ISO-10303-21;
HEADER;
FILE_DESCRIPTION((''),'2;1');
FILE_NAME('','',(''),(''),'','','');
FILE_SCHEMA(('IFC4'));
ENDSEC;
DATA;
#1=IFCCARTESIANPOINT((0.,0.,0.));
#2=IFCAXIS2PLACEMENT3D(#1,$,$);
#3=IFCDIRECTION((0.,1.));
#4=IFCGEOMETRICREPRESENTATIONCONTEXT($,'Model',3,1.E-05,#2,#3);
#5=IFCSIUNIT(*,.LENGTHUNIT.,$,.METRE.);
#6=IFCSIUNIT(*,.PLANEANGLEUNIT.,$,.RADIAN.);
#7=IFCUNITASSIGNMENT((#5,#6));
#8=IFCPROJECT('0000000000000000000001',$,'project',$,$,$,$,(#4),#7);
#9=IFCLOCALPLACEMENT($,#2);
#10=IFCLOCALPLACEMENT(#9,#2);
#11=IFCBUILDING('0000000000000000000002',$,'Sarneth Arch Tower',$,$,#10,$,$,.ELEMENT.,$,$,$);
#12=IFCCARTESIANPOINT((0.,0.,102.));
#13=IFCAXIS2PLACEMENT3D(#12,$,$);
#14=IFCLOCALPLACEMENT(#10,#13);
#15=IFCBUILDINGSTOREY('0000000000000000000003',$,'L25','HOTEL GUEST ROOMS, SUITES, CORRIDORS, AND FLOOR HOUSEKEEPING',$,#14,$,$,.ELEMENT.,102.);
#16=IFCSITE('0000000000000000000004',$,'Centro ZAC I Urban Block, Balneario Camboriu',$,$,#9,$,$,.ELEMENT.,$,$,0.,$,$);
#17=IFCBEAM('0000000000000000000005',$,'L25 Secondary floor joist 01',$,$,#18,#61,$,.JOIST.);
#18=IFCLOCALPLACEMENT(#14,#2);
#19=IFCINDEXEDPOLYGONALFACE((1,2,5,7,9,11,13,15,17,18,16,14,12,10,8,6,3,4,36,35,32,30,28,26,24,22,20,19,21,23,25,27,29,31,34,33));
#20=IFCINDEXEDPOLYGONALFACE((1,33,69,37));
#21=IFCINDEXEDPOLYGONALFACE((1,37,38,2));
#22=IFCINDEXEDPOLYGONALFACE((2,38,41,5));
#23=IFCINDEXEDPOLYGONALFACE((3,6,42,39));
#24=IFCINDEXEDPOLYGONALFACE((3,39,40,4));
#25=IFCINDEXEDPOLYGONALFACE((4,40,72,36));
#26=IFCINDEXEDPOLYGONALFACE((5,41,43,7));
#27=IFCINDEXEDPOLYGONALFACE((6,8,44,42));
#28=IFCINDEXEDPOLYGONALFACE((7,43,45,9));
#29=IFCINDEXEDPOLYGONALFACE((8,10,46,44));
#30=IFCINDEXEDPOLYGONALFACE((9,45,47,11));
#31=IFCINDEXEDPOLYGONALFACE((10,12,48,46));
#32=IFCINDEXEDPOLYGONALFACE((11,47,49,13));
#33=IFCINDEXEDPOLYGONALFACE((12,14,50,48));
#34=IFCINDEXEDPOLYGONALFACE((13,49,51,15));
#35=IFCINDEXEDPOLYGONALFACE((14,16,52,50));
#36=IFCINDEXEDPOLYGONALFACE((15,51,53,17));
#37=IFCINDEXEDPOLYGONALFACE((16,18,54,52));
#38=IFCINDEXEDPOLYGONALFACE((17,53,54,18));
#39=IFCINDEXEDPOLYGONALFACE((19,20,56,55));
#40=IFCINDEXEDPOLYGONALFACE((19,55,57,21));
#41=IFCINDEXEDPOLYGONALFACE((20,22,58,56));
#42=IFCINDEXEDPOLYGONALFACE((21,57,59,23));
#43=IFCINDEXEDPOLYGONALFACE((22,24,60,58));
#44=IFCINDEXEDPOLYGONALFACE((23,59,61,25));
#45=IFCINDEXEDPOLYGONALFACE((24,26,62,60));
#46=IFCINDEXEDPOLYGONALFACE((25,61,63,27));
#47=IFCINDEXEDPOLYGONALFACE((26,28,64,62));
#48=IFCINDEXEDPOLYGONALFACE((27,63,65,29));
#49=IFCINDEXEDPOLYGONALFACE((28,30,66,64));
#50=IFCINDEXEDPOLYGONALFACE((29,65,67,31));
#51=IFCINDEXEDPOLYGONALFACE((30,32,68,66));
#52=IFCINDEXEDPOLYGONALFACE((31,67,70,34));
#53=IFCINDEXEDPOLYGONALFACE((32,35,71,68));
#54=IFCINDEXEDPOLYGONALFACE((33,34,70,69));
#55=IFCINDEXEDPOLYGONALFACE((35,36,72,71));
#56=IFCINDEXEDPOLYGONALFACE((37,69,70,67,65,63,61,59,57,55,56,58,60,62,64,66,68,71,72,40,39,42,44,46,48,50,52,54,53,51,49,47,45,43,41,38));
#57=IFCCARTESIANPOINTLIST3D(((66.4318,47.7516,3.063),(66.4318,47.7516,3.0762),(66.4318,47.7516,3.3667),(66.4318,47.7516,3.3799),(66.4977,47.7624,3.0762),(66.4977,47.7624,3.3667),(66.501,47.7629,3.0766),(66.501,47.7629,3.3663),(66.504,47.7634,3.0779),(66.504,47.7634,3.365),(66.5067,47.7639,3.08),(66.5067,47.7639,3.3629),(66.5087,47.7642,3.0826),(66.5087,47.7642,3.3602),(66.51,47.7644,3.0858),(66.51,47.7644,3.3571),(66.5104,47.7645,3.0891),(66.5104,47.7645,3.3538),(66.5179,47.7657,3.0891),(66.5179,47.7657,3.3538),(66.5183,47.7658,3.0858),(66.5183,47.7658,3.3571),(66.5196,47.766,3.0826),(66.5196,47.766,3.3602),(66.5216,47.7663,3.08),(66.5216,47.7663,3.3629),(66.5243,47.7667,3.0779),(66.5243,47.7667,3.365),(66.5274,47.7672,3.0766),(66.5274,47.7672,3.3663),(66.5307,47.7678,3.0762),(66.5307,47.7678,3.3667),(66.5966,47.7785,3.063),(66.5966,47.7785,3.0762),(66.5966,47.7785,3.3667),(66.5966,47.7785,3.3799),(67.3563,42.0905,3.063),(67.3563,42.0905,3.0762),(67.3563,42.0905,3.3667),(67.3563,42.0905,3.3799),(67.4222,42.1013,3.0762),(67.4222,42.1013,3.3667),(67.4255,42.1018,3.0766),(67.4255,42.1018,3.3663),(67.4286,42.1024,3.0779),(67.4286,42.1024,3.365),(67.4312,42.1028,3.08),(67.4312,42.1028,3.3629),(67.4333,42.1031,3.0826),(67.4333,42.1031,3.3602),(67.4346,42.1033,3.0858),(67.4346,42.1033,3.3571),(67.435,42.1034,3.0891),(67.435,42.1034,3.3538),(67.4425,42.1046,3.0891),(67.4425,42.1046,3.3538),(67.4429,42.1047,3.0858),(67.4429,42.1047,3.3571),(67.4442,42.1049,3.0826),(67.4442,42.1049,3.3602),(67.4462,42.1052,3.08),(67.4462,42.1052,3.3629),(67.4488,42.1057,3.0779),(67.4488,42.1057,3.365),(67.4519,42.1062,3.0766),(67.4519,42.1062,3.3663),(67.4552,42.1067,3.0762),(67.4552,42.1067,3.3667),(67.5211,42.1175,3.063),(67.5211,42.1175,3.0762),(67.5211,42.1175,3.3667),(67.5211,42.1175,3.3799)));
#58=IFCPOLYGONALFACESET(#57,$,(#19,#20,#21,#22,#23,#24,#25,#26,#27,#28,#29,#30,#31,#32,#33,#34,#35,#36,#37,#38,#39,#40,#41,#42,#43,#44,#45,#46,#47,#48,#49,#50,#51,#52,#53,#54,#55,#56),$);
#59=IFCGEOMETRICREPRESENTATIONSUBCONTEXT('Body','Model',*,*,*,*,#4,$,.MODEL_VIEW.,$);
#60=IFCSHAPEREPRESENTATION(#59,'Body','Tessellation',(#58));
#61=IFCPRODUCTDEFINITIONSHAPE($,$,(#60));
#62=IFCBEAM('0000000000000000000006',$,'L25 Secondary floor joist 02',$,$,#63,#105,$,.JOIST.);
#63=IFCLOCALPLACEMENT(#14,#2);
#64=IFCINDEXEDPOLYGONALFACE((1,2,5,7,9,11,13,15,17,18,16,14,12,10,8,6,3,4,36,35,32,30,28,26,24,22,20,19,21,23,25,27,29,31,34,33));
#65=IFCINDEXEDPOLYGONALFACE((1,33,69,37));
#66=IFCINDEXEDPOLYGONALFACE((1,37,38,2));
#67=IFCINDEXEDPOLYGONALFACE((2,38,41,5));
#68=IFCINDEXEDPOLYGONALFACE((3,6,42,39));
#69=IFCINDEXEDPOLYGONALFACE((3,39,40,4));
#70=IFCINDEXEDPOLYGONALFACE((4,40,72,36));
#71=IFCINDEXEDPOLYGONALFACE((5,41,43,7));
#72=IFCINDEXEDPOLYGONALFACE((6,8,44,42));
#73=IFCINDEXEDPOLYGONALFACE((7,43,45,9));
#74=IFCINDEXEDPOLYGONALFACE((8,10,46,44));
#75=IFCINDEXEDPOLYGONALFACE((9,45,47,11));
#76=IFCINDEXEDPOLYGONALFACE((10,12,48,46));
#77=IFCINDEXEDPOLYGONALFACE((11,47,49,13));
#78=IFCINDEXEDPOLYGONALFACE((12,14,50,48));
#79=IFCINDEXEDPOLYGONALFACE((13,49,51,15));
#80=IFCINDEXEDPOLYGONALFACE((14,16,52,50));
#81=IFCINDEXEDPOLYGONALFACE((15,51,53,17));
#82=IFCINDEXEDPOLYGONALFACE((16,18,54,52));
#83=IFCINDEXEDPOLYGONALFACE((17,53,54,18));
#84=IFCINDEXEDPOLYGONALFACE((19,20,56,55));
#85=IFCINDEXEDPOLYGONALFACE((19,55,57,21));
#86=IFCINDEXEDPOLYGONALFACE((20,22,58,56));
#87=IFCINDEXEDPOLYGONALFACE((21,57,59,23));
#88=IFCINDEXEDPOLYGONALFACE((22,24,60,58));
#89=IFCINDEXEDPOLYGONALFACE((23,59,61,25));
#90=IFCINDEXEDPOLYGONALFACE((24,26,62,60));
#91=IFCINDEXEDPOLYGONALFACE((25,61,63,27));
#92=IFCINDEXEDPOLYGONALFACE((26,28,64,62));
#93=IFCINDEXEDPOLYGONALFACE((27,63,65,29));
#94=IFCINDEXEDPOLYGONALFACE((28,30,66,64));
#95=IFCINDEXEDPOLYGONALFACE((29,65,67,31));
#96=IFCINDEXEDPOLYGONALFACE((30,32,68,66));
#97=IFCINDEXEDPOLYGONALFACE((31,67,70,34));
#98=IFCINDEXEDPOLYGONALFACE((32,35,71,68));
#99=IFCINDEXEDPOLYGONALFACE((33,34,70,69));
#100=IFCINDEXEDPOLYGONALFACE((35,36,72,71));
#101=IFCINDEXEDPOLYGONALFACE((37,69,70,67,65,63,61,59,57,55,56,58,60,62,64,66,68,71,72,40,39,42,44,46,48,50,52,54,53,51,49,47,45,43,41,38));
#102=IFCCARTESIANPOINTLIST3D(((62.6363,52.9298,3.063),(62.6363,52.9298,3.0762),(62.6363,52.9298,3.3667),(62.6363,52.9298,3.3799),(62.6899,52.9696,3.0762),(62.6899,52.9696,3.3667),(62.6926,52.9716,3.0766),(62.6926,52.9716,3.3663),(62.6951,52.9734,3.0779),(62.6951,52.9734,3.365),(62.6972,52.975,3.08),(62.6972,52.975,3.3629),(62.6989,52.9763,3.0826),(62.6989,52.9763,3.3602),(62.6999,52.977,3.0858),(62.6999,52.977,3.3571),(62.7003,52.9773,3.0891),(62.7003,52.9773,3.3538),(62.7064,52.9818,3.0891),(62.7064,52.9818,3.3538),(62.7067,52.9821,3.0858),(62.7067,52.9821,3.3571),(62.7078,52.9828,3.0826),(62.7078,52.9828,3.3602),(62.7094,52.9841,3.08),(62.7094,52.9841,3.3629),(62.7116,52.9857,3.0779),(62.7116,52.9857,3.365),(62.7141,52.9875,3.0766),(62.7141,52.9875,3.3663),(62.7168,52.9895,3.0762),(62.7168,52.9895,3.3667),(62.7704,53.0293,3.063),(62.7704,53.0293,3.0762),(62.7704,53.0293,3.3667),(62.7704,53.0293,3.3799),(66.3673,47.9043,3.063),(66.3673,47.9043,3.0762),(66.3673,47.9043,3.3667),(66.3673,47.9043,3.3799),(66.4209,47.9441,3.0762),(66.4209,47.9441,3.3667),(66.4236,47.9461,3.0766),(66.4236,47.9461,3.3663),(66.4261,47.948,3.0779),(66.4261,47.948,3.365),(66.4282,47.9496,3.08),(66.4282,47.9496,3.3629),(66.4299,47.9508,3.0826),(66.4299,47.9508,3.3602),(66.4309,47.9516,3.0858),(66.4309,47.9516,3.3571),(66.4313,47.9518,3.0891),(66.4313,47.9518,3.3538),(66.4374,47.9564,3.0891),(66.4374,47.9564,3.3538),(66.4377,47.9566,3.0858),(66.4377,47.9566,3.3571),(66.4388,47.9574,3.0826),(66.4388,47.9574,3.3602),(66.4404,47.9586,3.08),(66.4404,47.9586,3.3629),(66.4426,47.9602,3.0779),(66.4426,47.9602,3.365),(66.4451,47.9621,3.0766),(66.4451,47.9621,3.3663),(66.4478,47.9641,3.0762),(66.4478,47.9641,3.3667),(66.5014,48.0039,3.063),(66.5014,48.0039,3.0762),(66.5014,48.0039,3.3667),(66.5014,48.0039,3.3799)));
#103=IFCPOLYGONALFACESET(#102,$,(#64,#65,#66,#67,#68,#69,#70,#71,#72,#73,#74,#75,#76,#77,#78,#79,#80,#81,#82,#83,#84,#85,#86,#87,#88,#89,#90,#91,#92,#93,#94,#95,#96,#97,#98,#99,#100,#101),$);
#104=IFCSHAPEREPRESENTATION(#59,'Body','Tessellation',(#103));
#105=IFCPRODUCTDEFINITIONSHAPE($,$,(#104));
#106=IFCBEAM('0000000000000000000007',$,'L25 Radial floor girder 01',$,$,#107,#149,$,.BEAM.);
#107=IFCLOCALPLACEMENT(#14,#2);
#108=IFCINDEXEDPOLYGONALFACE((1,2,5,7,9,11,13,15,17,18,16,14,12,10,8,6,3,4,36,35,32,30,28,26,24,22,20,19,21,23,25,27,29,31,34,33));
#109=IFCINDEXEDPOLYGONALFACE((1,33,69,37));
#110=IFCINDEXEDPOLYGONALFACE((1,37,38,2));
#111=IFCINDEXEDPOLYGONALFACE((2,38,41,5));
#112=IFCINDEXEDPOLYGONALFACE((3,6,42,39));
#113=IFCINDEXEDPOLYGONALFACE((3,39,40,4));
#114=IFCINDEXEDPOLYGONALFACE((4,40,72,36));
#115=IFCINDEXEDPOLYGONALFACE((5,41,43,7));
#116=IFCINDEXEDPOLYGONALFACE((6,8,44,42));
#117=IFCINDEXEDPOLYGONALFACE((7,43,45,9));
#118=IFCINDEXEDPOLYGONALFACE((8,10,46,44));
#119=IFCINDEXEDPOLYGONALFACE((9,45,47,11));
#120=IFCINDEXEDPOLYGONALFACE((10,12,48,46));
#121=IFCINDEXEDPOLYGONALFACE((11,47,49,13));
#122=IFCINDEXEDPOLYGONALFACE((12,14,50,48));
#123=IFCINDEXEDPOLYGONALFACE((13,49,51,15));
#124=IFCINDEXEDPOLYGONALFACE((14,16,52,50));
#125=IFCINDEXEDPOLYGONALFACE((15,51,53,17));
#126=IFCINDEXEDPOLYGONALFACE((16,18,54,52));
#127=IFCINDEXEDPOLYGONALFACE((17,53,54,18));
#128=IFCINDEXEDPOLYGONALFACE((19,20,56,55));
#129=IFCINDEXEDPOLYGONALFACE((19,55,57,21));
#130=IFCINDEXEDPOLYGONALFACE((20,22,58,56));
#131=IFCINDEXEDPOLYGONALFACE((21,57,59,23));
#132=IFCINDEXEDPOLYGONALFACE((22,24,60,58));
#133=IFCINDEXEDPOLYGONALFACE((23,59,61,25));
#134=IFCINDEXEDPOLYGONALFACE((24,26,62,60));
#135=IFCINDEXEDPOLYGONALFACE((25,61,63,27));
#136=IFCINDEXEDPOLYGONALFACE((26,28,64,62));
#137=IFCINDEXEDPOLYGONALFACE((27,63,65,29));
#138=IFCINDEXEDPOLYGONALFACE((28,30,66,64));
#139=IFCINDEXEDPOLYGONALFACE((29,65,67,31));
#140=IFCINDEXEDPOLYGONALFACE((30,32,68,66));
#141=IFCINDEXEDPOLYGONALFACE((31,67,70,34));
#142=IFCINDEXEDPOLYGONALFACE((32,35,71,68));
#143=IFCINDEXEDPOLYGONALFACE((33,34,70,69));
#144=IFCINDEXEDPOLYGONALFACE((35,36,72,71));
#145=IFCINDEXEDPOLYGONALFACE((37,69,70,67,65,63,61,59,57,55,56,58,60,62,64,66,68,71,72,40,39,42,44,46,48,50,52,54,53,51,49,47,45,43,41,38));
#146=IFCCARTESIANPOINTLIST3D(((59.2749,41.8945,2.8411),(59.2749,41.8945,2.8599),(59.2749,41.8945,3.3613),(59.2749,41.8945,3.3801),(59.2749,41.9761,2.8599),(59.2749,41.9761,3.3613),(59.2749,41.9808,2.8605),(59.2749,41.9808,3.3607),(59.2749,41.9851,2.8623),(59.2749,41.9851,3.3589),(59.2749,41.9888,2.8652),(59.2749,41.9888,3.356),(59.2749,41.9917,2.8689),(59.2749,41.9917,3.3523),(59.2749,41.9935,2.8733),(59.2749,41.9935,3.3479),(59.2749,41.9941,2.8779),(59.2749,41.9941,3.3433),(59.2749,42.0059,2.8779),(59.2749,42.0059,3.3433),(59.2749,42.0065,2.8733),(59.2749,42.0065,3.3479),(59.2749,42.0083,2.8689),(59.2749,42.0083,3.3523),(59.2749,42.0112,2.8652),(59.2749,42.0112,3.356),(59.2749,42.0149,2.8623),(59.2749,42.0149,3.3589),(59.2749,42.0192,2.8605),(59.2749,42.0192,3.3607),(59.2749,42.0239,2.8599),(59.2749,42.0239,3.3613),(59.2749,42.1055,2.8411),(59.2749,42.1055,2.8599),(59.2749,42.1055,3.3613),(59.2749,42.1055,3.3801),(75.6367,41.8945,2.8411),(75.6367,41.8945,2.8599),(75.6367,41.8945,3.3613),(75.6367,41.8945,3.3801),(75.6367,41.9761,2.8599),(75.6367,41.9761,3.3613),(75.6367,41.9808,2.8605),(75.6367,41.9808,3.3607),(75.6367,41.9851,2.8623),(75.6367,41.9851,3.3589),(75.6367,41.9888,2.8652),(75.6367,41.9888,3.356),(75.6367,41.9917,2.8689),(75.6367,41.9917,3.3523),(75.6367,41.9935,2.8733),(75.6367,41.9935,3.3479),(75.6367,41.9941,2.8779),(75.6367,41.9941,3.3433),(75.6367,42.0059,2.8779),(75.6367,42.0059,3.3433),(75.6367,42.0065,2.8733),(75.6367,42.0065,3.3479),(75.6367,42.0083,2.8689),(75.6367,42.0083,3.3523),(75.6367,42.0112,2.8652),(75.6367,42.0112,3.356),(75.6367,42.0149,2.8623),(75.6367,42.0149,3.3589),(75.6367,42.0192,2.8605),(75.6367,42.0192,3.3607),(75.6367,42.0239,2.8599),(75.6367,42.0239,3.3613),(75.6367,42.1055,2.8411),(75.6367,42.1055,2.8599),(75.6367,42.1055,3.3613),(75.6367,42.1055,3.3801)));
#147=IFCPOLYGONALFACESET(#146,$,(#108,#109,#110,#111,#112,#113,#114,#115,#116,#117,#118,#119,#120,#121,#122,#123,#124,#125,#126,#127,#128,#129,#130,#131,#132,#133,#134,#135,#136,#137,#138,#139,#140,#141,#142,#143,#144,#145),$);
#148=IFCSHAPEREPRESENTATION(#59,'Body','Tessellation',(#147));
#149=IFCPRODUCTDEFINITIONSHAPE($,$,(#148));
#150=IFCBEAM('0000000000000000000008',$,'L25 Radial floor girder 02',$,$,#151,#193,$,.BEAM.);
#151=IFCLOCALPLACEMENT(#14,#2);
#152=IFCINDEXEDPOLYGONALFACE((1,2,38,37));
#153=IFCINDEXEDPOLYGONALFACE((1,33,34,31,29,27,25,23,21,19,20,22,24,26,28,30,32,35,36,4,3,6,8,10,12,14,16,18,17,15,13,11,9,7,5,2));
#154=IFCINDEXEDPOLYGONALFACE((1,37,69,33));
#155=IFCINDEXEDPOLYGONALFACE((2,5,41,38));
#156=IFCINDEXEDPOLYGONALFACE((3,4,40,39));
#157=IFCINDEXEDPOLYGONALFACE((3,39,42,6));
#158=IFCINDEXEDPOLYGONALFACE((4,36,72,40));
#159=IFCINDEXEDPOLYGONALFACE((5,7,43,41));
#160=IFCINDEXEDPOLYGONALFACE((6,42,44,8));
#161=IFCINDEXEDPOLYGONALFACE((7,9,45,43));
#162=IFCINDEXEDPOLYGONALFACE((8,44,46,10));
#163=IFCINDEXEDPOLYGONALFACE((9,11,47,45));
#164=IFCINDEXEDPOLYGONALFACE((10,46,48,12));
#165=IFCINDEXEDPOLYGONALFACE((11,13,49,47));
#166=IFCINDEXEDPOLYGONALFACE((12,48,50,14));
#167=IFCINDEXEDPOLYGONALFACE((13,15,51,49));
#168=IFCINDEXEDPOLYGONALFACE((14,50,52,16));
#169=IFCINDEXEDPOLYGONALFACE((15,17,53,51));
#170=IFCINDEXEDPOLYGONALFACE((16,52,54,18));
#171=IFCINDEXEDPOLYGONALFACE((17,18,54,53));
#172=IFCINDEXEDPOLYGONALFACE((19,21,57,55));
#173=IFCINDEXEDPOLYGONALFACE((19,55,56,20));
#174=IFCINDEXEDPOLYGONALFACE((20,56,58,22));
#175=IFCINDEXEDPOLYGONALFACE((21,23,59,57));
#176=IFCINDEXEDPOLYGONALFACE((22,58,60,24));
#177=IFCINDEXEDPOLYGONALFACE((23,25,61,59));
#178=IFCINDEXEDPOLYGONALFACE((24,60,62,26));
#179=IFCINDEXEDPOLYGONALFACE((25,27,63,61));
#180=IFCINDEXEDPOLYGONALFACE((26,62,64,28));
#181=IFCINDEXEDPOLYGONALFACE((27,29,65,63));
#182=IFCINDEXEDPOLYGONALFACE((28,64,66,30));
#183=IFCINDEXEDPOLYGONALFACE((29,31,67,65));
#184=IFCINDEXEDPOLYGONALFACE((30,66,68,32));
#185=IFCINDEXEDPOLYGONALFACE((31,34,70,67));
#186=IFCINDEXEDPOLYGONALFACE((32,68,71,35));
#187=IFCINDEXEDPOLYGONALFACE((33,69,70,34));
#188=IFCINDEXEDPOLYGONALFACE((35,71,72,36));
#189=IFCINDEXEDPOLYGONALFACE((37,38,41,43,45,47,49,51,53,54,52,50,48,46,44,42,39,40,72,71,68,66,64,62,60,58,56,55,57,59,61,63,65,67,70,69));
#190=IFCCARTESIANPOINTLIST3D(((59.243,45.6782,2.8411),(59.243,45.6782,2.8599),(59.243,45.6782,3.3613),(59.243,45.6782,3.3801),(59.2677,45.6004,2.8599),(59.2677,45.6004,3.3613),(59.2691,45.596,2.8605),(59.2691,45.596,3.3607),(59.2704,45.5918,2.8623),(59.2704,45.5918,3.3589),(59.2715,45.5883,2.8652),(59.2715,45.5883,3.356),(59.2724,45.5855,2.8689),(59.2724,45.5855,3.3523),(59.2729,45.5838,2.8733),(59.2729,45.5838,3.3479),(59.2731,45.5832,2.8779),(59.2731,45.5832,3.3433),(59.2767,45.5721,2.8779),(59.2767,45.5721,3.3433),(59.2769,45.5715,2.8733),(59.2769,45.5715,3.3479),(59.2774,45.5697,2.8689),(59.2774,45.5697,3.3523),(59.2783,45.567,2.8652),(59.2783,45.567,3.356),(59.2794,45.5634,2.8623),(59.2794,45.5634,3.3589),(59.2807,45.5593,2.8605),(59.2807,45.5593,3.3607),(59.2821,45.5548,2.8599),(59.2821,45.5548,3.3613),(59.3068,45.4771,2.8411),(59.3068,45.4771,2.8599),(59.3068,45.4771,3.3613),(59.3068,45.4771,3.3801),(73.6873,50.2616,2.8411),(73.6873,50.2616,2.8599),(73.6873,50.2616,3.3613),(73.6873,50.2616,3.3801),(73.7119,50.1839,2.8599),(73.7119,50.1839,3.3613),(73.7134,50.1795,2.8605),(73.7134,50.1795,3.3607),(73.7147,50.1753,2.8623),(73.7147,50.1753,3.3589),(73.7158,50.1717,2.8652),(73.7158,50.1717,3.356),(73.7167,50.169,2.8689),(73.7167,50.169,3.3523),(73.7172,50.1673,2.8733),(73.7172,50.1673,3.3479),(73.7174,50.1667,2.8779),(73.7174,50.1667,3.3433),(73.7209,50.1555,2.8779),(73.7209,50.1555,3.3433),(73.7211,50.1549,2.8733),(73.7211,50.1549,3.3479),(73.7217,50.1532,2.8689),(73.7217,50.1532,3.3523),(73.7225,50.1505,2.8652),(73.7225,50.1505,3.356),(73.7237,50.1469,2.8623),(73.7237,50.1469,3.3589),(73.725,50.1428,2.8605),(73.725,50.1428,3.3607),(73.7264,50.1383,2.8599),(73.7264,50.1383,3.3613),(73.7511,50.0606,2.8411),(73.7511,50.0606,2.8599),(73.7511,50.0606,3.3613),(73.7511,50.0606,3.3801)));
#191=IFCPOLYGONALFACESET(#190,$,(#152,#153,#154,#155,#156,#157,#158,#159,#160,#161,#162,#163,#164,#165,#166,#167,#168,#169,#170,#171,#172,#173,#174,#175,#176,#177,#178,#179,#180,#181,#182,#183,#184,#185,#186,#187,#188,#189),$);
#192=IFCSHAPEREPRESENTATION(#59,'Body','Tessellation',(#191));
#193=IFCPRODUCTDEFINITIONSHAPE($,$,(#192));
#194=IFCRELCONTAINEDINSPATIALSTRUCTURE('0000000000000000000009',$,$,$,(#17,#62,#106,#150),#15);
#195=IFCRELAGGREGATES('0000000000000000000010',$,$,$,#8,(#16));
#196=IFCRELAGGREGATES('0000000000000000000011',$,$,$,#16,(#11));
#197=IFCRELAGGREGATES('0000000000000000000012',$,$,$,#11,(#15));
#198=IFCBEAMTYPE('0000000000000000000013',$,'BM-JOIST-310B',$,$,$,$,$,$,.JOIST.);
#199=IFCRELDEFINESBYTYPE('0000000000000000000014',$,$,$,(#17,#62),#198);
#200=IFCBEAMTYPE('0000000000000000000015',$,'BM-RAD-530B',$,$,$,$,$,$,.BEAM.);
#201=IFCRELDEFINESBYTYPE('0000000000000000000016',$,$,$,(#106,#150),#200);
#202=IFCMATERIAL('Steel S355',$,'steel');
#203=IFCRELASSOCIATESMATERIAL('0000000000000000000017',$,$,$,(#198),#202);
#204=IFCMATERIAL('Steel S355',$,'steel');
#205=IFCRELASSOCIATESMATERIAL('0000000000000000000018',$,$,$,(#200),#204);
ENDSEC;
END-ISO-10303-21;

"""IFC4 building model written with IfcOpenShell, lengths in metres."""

from ifc_helpers import new_model, si_unit, direction, frame, origin, origin_2d, place, context, subcontext, project, spatial, i_section, extrude, material, material_profile, profile_set, type_object, element, save


model = new_model("IFC4")

# Units and contexts
model_context = context("Model", 3, precision=1e-05, world=origin(), true_north=direction((0.0, 1.0)))
body_context = subcontext(model_context, "Body", "Model", "MODEL_VIEW")
ifc_project = project(units=[si_unit("LENGTHUNIT", "METRE"), si_unit("PLANEANGLEUNIT", "RADIAN")], contexts=[model_context])

# Site, building, storey
site_placement = place(None, origin())
site = spatial("IfcSite", under=ifc_project, at=site_placement, Name="Centro ZAC I Urban Block, Balneario Camboriu", CompositionType="ELEMENT", RefElevation=0.0)
building_placement = place(site_placement, origin())
building = spatial("IfcBuilding", under=site, at=building_placement, Name="Sarneth Arch Tower", CompositionType="ELEMENT")
storey_placement = place(building_placement, frame((0.0, 0.0, 102.0)))
storey = spatial("IfcBuildingStorey", under=building, at=storey_placement, Name="L25", Description="HOTEL GUEST ROOMS, SUITES, CORRIDORS, AND FLOOR HOUSEKEEPING", CompositionType="ELEMENT", Elevation=102.0)

# Beams
ifc_material_1 = material(Name="Steel S355", Category="steel")
ifc_material_profile_1 = material_profile(ifc_material_1, i_section(OverallWidth=0.167, OverallDepth=0.3169, WebThickness=0.0076, FlangeThickness=0.0132, FilletRadius=0.0129, at=origin_2d()), Name="W310x52")
ifc_profile_set_1 = profile_set([ifc_material_profile_1], Name="Steel S355")
beam_type_1 = type_object("IfcBeamType", Name="BM-JOIST-310B", PredefinedType="JOIST", material=ifc_profile_set_1)
beam_1_placement = place(storey_placement, frame((67.4387, 42.104, 3.2214), z_axis=(-0.161182, 0.986925, 0.0), x_axis=(-0.986925, -0.161182, 0.0)))
element("IfcBeam", 1, at=beam_1_placement, inside=storey, type_object=beam_type_1, Name="L25 Secondary floor joist 01", PredefinedType="JOIST", context=body_context, shape_type="SweptSolid", body=[
    extrude(i_section(OverallWidth=0.167, OverallDepth=0.3169, WebThickness=0.0076, FlangeThickness=0.0132, FilletRadius=0.0129, at=origin_2d()), origin(), (0.0, 0.0, 1.0), 5.7361),
])
beam_2_placement = place(storey_placement, frame((66.4343, 47.9541, 3.2214), z_axis=(-0.596098, 0.802911, 0.0), x_axis=(-0.802911, -0.596098, 0.0)))
element("IfcBeam", 2, at=beam_2_placement, inside=storey, type_object=beam_type_1, Name="L25 Secondary floor joist 02", PredefinedType="JOIST", context=body_context, shape_type="SweptSolid", body=[
    extrude(i_section(OverallWidth=0.167, OverallDepth=0.3169, WebThickness=0.0076, FlangeThickness=0.0132, FilletRadius=0.0129, at=origin_2d()), origin(), (0.0, 0.0, 1.0), 6.259),
])
ifc_material_2 = material(Name="Steel S355", Category="steel")
ifc_material_profile_2 = material_profile(ifc_material_2, i_section(OverallWidth=0.2109, OverallDepth=0.5391, WebThickness=0.0117, FlangeThickness=0.0188, FilletRadius=0.0181, at=origin_2d()), Name="W530x109")
ifc_profile_set_2 = profile_set([ifc_material_profile_2], Name="Steel S355")
beam_type_2 = type_object("IfcBeamType", Name="BM-RAD-530B", PredefinedType="BEAM", material=ifc_profile_set_2)
beam_3_placement = place(storey_placement, frame((59.2749, 42.0, 3.1106), z_axis=(1.0, 0.0, 0.0), x_axis=(0.0, 1.0, 0.0)))
element("IfcBeam", 3, at=beam_3_placement, inside=storey, type_object=beam_type_2, Name="L25 Radial floor girder 01", PredefinedType="BEAM", context=body_context, shape_type="SweptSolid", body=[
    extrude(i_section(OverallWidth=0.2109, OverallDepth=0.5391, WebThickness=0.0117, FlangeThickness=0.0188, FilletRadius=0.0181, at=origin_2d()), origin(), (0.0, 0.0, 1.0), 16.3618),
])
beam_4_placement = place(storey_placement, frame((59.2749, 45.5776, 3.1106), z_axis=(0.953162, 0.302459, 0.0), x_axis=(-0.302459, 0.953162, 0.0)))
element("IfcBeam", 4, at=beam_4_placement, inside=storey, type_object=beam_type_2, Name="L25 Radial floor girder 02", PredefinedType="BEAM", context=body_context, shape_type="SweptSolid", body=[
    extrude(i_section(OverallWidth=0.2109, OverallDepth=0.5391, WebThickness=0.0117, FlangeThickness=0.0188, FilletRadius=0.0181, at=origin_2d()), origin(), (0.0, 0.0, 1.0), 15.1541),
])

save(model, "model.ifc")
